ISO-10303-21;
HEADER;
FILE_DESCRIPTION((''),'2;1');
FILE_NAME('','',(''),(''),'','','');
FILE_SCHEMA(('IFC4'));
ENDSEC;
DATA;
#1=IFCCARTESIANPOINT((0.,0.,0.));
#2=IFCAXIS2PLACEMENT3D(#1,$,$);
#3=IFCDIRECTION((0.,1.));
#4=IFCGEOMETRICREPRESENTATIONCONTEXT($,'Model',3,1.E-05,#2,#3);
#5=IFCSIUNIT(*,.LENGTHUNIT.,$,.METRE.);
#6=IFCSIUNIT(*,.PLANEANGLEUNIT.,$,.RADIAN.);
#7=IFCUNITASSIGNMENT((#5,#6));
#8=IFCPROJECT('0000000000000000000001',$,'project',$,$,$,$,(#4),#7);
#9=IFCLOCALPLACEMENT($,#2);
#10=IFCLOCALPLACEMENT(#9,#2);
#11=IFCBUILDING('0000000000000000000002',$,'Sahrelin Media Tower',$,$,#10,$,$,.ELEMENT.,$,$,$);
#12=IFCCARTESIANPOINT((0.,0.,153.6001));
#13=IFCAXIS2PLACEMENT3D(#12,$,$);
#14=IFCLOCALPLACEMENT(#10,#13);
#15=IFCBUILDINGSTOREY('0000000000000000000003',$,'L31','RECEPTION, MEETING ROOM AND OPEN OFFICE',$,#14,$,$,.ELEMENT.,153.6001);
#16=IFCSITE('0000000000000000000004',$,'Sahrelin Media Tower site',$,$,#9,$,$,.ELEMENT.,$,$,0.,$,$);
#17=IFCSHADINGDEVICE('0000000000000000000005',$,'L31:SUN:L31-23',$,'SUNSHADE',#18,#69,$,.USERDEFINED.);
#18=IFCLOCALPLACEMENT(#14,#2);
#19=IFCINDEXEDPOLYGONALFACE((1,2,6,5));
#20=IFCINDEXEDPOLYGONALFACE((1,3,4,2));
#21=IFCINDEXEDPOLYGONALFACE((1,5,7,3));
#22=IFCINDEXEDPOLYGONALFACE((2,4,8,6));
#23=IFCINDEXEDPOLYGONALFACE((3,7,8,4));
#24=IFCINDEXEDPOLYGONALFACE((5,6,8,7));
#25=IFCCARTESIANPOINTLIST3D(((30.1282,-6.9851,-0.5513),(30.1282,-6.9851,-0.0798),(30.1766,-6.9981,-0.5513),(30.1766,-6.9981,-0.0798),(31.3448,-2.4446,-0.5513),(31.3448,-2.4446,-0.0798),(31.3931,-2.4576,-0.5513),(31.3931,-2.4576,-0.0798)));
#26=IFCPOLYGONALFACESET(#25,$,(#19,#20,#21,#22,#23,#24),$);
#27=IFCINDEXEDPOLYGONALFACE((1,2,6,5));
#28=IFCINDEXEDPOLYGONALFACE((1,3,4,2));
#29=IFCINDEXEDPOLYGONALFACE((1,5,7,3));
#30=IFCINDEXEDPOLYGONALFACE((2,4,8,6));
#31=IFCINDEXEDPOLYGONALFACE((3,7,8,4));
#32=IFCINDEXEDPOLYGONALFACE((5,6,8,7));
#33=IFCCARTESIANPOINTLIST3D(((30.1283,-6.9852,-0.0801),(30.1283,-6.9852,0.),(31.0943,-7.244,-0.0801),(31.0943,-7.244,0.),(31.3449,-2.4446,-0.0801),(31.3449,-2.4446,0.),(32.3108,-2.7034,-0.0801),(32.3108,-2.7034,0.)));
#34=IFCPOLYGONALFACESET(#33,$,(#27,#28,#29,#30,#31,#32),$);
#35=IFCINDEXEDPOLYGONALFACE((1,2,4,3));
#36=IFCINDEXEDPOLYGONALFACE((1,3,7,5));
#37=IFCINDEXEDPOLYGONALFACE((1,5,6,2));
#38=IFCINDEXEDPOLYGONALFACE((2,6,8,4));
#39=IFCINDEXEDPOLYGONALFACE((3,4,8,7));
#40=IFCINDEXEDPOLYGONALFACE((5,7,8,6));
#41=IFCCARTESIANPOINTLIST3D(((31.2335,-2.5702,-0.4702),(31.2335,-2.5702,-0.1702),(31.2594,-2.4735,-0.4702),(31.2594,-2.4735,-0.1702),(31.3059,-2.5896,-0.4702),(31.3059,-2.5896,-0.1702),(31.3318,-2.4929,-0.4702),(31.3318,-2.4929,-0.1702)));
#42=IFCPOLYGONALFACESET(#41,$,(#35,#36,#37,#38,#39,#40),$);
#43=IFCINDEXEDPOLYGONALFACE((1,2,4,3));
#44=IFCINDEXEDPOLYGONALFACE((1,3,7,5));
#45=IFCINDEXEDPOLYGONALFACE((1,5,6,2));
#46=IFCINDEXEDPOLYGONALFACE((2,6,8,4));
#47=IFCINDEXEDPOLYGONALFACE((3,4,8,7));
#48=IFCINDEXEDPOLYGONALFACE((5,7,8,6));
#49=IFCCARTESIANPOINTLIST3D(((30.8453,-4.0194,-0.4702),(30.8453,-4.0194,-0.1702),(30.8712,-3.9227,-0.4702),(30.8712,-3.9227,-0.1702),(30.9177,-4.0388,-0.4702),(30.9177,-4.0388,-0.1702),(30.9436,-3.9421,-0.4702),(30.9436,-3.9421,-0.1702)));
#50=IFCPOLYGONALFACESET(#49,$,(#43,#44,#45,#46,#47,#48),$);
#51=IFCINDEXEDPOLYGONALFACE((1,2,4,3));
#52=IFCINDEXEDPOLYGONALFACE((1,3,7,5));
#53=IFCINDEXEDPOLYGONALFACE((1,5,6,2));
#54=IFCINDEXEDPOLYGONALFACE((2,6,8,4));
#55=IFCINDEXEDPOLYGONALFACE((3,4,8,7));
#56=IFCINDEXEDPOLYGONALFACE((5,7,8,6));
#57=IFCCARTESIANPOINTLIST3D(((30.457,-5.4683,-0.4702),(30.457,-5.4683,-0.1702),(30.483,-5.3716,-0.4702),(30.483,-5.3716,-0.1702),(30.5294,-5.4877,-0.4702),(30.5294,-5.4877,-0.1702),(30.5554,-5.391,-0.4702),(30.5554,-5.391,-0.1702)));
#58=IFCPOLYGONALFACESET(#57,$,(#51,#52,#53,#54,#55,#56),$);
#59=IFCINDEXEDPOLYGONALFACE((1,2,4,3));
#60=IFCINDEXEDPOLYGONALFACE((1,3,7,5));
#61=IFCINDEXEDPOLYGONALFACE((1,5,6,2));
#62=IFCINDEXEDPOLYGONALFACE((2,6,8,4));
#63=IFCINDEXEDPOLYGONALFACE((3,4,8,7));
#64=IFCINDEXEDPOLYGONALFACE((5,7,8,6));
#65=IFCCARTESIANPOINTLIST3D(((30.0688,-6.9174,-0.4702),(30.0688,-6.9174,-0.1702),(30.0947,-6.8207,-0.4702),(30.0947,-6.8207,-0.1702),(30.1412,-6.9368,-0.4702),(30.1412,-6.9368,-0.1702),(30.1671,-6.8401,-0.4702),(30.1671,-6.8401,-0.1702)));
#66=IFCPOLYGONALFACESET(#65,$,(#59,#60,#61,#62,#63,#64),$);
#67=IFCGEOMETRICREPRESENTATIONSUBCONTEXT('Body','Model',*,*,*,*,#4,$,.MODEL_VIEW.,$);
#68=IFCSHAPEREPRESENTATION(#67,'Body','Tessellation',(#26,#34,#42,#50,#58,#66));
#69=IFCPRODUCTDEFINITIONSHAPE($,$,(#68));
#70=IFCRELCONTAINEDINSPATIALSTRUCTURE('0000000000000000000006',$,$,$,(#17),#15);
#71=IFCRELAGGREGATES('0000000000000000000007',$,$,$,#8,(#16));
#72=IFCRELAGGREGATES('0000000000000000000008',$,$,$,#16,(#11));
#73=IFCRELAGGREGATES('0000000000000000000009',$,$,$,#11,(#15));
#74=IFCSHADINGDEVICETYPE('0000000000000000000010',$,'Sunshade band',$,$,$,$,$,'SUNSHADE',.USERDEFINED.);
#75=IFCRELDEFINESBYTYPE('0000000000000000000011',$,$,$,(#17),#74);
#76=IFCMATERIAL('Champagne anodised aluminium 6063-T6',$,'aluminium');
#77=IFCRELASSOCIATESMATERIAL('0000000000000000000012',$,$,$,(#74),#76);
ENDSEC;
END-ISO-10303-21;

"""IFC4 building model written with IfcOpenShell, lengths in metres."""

from ifc_helpers import new_model, si_unit, direction, frame, origin, origin_2d, place, context, subcontext, project, spatial, rectangle, extrude, material, type_object, element, save


model = new_model("IFC4")

# Units and contexts
model_context = context("Model", 3, precision=1e-05, world=origin(), true_north=direction((0.0, 1.0)))
body_context = subcontext(model_context, "Body", "Model", "MODEL_VIEW")
ifc_project = project(units=[si_unit("LENGTHUNIT", "METRE"), si_unit("PLANEANGLEUNIT", "RADIAN")], contexts=[model_context])

# Site, building, storey
site_placement = place(None, origin())
site = spatial("IfcSite", under=ifc_project, at=site_placement, Name="Sahrelin Media Tower site", CompositionType="ELEMENT", RefElevation=0.0)
building_placement = place(site_placement, origin())
building = spatial("IfcBuilding", under=site, at=building_placement, Name="Sahrelin Media Tower", CompositionType="ELEMENT")
storey_placement = place(building_placement, frame((0.0, 0.0, 153.6001)))
storey = spatial("IfcBuildingStorey", under=building, at=storey_placement, Name="L31", Description="RECEPTION, MEETING ROOM AND OPEN OFFICE", CompositionType="ELEMENT", Elevation=153.6001)

# Shared definitions
ifc_material_1 = material(Name="Champagne anodised aluminium 6063-T6", Category="aluminium")

# Shading device
placement_1 = place(storey_placement, frame((30.7173, -4.7097, 0.0), z_axis=(0.0, 0.0, 1.0), x_axis=(-0.258808, -0.965929, 0.0)))
shading_device_type_1 = type_object("IfcShadingDeviceType", Name="Sunshade band", ElementType="SUNSHADE", PredefinedType="USERDEFINED", material=ifc_material_1)
element("IfcShadingDevice", 1, at=placement_1, inside=storey, type_object=shading_device_type_1, Name="L31:SUN:L31-23", ObjectType="SUNSHADE", PredefinedType="USERDEFINED", context=body_context, shape_type="SweptSolid", body=[
    extrude(rectangle(XDim=4.7007, YDim=0.05, at=origin_2d()), frame((0.0, 0.0449, -0.5513)), (0.0, 0.0, 1.0), 0.4714),
    extrude(rectangle(XDim=4.7007, YDim=1.0, at=origin_2d()), frame((0.0, 0.52, -0.0801)), (0.0, 0.0, 1.0), 0.0801),
    extrude(rectangle(XDim=0.1001, YDim=0.075, at=origin_2d()), frame((-2.2502, -0.0176, -0.4702)), (0.0, 0.0, 1.0), 0.3),
    extrude(rectangle(XDim=0.1001, YDim=0.075, at=origin_2d()), frame((-0.75, -0.0176, -0.4702)), (0.0, 0.0, 1.0), 0.3),
    extrude(rectangle(XDim=0.1001, YDim=0.075, at=origin_2d()), frame((0.75, -0.0176, -0.4702)), (0.0, 0.0, 1.0), 0.3),
    extrude(rectangle(XDim=0.1001, YDim=0.075, at=origin_2d()), frame((2.2502, -0.0176, -0.4702)), (0.0, 0.0, 1.0), 0.3),
])

save(model, "model.ifc")
